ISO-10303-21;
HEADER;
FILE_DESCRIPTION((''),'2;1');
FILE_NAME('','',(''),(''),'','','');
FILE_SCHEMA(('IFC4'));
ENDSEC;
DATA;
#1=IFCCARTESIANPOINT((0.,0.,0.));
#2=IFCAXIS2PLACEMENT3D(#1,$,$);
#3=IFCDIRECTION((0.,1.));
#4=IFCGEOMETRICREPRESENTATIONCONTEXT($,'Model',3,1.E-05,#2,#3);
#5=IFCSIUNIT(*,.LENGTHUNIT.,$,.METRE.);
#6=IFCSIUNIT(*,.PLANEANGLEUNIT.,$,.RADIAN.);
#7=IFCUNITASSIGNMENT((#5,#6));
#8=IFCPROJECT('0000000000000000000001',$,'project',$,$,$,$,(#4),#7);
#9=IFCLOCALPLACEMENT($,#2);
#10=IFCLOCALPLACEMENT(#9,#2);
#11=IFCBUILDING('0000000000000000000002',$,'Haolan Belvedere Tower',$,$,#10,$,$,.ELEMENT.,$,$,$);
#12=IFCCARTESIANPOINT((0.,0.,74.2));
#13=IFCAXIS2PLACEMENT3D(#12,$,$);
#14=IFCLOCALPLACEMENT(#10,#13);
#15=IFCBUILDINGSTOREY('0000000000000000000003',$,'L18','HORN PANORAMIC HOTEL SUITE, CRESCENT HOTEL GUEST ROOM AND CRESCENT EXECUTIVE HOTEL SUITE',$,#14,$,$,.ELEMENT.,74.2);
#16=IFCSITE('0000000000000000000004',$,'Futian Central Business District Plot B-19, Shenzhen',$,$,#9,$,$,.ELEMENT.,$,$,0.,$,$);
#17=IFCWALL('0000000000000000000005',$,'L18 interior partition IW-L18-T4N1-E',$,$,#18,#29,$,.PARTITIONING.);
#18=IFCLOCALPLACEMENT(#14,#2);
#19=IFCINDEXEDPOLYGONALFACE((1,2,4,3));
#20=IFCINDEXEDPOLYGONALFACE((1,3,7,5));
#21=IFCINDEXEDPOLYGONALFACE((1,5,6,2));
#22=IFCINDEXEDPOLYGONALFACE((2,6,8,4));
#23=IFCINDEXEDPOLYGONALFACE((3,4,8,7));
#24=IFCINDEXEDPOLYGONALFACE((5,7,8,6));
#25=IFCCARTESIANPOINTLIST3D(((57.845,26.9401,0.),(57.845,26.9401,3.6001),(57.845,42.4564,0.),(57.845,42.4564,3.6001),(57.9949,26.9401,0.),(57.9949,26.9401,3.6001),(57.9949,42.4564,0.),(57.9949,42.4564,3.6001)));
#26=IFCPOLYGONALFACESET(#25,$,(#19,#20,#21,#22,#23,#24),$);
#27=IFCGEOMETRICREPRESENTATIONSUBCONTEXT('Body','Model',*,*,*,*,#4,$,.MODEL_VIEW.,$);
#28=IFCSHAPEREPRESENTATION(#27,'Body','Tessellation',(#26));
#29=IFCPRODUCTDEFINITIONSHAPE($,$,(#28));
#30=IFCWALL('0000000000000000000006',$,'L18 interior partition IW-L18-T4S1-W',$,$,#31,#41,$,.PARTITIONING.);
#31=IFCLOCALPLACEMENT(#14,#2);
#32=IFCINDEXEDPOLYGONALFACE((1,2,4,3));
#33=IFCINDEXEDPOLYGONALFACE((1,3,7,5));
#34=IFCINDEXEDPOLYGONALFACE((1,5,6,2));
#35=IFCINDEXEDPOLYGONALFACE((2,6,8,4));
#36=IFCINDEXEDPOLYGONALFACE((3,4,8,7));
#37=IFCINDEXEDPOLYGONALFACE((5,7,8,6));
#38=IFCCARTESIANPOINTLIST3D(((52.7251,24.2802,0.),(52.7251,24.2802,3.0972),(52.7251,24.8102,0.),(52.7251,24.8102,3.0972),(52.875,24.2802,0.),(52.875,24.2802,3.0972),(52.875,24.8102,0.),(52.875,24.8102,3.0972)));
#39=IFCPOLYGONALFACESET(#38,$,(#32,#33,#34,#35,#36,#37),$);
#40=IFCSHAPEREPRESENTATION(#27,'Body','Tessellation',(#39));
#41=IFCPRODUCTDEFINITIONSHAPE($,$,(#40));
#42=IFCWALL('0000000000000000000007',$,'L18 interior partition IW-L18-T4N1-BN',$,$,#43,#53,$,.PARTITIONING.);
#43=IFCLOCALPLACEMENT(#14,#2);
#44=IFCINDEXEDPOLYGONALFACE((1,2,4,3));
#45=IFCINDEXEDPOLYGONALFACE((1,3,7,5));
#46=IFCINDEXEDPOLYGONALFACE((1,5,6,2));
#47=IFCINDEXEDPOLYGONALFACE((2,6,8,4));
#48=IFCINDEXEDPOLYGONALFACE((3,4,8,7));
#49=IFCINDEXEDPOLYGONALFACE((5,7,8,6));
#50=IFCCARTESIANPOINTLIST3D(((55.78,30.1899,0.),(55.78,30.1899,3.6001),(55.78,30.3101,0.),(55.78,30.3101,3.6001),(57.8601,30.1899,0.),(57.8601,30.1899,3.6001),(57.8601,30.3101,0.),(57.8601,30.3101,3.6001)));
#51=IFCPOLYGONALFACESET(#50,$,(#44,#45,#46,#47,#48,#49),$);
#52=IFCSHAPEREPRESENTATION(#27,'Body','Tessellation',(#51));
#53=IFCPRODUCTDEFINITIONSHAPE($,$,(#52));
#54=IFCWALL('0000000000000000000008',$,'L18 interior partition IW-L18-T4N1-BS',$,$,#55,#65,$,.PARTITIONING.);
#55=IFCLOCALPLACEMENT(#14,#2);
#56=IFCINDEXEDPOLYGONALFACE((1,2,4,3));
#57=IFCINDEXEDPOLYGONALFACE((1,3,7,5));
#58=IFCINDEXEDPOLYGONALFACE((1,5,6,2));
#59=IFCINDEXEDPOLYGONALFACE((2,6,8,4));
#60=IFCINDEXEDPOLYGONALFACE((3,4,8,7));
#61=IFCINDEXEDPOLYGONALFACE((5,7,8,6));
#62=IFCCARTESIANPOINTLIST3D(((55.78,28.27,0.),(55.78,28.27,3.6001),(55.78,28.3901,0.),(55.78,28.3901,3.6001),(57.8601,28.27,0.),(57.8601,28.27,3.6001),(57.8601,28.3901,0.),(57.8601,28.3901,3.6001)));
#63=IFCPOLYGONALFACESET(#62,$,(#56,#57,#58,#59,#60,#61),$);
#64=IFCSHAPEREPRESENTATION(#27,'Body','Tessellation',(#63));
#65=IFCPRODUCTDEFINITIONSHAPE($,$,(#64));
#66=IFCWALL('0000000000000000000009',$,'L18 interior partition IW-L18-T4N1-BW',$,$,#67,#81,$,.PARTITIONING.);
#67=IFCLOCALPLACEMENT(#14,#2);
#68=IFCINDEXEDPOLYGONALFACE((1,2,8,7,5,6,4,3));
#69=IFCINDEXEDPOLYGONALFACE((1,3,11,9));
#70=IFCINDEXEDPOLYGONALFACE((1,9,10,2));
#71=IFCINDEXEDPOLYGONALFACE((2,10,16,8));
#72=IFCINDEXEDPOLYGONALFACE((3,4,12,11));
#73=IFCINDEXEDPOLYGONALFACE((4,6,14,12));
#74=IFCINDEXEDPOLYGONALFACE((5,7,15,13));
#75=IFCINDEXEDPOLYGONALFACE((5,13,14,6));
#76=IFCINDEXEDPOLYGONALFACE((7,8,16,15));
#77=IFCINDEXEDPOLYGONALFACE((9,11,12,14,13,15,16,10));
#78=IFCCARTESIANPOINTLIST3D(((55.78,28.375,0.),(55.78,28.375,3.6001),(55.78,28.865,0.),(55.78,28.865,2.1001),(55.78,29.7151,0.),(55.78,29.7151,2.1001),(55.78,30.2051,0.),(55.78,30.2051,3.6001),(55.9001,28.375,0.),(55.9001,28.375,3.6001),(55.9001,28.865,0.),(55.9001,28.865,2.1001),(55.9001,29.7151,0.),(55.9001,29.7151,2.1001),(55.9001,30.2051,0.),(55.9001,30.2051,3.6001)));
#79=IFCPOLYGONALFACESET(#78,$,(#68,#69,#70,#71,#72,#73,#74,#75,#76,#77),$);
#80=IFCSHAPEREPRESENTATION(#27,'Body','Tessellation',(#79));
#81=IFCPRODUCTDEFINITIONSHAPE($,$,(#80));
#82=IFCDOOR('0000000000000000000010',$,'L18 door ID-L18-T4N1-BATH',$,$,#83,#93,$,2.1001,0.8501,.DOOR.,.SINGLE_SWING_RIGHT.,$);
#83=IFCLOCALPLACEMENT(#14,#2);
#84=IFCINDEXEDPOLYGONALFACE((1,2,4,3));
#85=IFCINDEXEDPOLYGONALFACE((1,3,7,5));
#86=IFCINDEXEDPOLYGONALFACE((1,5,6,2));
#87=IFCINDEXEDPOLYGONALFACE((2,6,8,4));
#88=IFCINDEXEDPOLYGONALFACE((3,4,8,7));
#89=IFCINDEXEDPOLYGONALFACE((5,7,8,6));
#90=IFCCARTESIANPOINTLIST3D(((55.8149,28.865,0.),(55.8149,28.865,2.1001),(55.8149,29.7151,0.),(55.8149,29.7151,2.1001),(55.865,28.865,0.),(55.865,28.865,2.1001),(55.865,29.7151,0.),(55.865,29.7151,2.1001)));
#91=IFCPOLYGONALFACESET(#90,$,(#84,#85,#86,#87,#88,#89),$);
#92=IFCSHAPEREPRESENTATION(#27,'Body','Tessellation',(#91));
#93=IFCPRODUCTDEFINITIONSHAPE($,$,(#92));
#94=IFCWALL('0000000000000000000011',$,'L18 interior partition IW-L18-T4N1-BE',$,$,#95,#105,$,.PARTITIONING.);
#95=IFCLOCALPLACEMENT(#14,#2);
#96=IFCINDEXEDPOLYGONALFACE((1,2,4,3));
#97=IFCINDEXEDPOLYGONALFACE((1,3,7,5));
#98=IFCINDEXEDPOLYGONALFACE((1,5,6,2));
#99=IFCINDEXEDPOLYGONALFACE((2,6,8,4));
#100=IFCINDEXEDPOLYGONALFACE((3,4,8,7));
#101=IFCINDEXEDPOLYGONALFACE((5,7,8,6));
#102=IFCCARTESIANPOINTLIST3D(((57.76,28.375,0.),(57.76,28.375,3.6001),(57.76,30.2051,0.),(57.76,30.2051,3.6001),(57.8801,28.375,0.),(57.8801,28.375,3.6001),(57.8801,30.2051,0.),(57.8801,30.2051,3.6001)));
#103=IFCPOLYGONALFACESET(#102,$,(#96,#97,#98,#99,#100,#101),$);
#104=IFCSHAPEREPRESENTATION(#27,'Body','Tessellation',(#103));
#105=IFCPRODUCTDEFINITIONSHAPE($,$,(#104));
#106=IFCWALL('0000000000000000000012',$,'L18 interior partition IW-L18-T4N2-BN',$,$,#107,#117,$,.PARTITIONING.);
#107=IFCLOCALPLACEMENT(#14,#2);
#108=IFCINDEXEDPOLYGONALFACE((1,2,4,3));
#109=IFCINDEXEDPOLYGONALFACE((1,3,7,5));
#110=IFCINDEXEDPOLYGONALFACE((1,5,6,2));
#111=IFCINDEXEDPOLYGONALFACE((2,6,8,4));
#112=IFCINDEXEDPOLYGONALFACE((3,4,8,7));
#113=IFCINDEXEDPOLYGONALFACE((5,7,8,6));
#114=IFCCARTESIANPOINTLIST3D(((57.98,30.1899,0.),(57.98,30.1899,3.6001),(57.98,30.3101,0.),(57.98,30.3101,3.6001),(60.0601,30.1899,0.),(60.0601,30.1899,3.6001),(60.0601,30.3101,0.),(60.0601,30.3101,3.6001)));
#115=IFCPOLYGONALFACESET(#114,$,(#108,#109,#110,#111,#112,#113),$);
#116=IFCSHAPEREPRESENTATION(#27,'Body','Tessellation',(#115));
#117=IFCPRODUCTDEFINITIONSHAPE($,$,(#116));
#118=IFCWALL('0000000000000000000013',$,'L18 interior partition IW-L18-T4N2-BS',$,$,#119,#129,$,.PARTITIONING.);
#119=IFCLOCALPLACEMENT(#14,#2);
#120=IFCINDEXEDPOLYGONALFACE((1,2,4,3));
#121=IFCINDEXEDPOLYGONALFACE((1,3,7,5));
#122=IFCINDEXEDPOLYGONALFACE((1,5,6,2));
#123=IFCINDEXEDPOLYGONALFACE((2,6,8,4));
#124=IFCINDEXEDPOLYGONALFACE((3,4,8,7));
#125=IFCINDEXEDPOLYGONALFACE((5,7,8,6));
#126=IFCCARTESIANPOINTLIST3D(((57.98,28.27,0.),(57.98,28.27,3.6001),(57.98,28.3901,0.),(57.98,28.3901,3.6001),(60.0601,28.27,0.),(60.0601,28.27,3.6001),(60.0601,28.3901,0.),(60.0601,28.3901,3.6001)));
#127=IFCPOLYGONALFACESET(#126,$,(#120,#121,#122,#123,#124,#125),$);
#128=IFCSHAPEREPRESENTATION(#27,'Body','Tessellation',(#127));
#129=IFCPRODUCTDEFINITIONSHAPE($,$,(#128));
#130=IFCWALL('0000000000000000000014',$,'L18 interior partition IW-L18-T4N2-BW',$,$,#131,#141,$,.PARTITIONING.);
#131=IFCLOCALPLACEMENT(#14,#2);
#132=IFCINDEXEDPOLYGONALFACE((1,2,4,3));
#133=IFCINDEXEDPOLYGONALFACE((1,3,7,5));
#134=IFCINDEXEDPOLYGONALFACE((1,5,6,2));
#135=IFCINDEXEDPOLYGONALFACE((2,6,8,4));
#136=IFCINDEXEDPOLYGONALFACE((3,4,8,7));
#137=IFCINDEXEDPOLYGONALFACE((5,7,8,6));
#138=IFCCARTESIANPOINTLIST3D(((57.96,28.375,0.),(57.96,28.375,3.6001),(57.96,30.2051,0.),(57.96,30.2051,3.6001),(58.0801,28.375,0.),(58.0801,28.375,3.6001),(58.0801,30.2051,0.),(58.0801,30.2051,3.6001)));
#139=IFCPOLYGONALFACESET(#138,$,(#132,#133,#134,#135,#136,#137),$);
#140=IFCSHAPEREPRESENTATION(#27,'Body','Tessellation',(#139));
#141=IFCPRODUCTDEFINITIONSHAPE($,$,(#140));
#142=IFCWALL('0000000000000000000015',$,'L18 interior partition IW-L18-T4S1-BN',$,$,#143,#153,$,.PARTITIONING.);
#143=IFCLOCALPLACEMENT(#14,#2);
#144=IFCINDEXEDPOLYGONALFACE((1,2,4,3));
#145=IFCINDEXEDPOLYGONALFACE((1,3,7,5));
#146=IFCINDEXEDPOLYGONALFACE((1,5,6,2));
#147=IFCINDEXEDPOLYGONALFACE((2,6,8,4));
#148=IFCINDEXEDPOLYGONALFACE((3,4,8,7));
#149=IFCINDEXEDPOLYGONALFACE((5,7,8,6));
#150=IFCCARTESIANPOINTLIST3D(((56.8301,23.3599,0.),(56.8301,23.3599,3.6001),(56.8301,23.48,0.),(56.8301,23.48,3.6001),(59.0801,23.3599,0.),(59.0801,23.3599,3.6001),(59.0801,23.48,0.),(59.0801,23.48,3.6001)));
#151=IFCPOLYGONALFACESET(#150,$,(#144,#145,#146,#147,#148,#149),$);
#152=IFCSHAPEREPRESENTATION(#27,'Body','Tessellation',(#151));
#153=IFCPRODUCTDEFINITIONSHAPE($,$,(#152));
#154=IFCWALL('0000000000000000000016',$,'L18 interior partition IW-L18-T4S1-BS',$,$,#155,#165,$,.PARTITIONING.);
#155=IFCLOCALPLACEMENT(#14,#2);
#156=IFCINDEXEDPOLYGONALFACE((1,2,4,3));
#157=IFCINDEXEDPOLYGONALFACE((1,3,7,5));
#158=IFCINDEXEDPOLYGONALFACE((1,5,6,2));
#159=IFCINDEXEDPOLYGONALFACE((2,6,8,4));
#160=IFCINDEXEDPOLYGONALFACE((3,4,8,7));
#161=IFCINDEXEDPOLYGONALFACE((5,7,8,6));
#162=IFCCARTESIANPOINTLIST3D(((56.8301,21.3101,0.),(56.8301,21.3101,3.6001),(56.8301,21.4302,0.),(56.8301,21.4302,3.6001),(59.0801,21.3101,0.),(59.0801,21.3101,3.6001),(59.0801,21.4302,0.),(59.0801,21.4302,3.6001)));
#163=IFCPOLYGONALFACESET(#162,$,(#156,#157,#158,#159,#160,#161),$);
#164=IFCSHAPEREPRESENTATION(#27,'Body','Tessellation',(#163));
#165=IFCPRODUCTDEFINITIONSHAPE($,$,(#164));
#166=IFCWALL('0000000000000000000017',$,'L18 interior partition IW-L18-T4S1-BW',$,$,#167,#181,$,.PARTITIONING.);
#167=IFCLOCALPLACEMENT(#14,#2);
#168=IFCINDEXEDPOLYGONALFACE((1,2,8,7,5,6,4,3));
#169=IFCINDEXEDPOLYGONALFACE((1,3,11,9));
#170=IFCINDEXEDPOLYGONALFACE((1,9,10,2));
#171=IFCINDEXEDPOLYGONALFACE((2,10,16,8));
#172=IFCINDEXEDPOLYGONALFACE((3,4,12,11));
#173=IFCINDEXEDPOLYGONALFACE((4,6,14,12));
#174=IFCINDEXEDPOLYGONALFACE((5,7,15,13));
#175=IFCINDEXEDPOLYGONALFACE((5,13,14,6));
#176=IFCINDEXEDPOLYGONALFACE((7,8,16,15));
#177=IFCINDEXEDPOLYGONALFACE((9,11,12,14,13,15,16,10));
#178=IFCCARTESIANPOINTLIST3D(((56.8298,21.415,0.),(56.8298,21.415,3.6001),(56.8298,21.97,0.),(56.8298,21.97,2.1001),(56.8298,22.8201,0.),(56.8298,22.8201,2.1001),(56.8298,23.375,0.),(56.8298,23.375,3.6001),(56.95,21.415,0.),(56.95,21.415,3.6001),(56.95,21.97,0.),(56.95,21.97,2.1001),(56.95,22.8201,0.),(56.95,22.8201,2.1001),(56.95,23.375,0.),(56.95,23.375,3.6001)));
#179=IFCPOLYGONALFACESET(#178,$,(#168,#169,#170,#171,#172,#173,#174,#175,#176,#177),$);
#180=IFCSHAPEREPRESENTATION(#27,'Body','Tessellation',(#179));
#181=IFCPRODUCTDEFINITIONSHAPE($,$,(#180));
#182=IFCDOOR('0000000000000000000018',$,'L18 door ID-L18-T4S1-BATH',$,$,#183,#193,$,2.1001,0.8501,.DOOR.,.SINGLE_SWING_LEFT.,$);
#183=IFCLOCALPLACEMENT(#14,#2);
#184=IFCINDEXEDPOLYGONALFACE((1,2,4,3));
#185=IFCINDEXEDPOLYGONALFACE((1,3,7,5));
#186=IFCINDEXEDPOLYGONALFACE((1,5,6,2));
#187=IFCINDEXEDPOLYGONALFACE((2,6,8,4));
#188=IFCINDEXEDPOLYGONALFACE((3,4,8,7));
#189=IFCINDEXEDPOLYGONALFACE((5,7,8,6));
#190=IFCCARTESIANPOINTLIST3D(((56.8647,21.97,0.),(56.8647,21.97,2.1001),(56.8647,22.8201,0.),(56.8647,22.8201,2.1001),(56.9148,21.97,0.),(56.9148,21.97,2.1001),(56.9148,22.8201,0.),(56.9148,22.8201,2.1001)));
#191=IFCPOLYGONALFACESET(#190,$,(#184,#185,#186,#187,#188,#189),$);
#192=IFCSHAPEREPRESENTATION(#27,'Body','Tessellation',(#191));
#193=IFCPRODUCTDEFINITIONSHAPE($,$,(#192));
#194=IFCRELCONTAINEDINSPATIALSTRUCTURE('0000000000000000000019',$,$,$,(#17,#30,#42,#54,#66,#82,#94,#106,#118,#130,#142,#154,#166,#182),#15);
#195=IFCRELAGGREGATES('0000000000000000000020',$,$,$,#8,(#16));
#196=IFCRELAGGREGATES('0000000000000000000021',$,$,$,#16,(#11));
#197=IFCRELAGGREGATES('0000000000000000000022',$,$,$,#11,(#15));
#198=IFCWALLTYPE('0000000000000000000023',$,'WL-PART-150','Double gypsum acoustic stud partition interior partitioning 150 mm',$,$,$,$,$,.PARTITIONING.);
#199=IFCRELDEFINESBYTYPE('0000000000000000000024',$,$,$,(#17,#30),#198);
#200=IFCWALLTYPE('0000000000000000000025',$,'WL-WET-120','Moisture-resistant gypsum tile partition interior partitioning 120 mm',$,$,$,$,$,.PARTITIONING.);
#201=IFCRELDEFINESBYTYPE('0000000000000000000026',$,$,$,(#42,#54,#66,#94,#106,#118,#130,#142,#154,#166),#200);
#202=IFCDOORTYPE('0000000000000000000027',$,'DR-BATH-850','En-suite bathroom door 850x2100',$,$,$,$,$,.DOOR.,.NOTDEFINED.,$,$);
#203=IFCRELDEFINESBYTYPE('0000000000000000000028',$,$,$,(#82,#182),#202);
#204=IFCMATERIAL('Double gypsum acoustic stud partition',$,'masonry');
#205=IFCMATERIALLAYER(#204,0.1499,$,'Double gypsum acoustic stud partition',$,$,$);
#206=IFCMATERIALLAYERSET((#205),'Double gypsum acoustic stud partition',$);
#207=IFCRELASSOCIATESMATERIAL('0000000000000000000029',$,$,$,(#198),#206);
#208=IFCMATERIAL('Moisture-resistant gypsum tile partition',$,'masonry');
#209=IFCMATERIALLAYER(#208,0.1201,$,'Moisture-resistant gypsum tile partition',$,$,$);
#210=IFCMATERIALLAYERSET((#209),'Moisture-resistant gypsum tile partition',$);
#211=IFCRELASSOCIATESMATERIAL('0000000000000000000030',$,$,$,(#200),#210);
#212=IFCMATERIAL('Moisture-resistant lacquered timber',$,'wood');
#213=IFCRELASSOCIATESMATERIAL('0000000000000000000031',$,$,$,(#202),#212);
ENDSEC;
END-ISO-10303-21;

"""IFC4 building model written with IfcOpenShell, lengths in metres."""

from ifc_helpers import new_model, si_unit, direction, frame, frame_2d, origin, place, context, subcontext, project, spatial, rectangle, extrude, material, layer, layer_set, type_object, element, fill, save


model = new_model("IFC4")

# Units and contexts
model_context = context("Model", 3, precision=1e-05, world=origin(), true_north=direction((0.0, 1.0)))
body_context = subcontext(model_context, "Body", "Model", "MODEL_VIEW")
ifc_project = project(units=[si_unit("LENGTHUNIT", "METRE"), si_unit("PLANEANGLEUNIT", "RADIAN")], contexts=[model_context])

# Site, building, storey
site_placement = place(None, origin())
site = spatial("IfcSite", under=ifc_project, at=site_placement, Name="Futian Central Business District Plot B-19, Shenzhen", CompositionType="ELEMENT", RefElevation=0.0)
building_placement = place(site_placement, origin())
building = spatial("IfcBuilding", under=site, at=building_placement, Name="Haolan Belvedere Tower", CompositionType="ELEMENT")
storey_placement = place(building_placement, frame((0.0, 0.0, 74.2)))
storey = spatial("IfcBuildingStorey", under=building, at=storey_placement, Name="L18", Description="HORN PANORAMIC HOTEL SUITE, CRESCENT HOTEL GUEST ROOM AND CRESCENT EXECUTIVE HOTEL SUITE", CompositionType="ELEMENT", Elevation=74.2)

# Wall
ifc_material_1 = material(Name="Double gypsum acoustic stud partition", Category="masonry")
ifc_layer_1 = layer(ifc_material_1, 0.1499, Name="Double gypsum acoustic stud partition")
ifc_layer_set_1 = layer_set([ifc_layer_1], Name="Double gypsum acoustic stud partition")
wall_type_1 = type_object("IfcWallType", Name="WL-PART-150", Description="Double gypsum acoustic stud partition interior partitioning 150 mm", PredefinedType="PARTITIONING", material=ifc_layer_set_1)
wall_1_placement = place(storey_placement, frame((57.9199, 26.9399, 0.0), z_axis=(0.0, 0.0, 1.0), x_axis=(0.0, 1.0, 0.0)))
element("IfcWall", 1, at=wall_1_placement, inside=storey, type_object=wall_type_1, Name="L18 interior partition IW-L18-T4N1-E", PredefinedType="PARTITIONING", context=body_context, shape_type="SweptSolid", body=[
    extrude(rectangle(XDim=15.5164, YDim=0.1499, at=frame_2d((7.7583, 0.0))), origin(), (0.0, 0.0, 1.0), 3.6001),
])

# Walls
wall_2_placement = place(storey_placement, frame((52.8, 24.28, 0.0), z_axis=(0.0, 0.0, 1.0), x_axis=(0.0, 1.0, 0.0)))
element("IfcWall", 2, at=wall_2_placement, inside=storey, type_object=wall_type_1, Name="L18 interior partition IW-L18-T4S1-W", PredefinedType="PARTITIONING", context=body_context, shape_type="SweptSolid", body=[
    extrude(rectangle(XDim=0.53, YDim=0.1499, at=frame_2d((0.2651, 0.0))), origin(), (0.0, 0.0, 1.0), 3.0972),
])
ifc_material_2 = material(Name="Moisture-resistant gypsum tile partition", Category="masonry")
ifc_layer_2 = layer(ifc_material_2, 0.1201, Name="Moisture-resistant gypsum tile partition")
ifc_layer_set_2 = layer_set([ifc_layer_2], Name="Moisture-resistant gypsum tile partition")
wall_type_2 = type_object("IfcWallType", Name="WL-WET-120", Description="Moisture-resistant gypsum tile partition interior partitioning 120 mm", PredefinedType="PARTITIONING", material=ifc_layer_set_2)
for number, where, z_axis, x_axis, name in (
    (3, (55.78, 30.25, 0.0), (0.0, 0.0, 1.0), (1.0, 0.0, 0.0), "L18 interior partition IW-L18-T4N1-BN"),
    (4, (55.78, 28.3301, 0.0), (0.0, 0.0, 1.0), (1.0, 0.0, 0.0), "L18 interior partition IW-L18-T4N1-BS"),
):
    element("IfcWall", number, at=place(storey_placement, frame(where, z_axis=z_axis, x_axis=x_axis)), inside=storey, type_object=wall_type_2, Name=name, PredefinedType="PARTITIONING", context=body_context, shape_type="SweptSolid", body=[
        extrude(rectangle(XDim=2.0801, YDim=0.1201, at=frame_2d((1.04, 0.0))), origin(), (0.0, 0.0, 1.0), 3.6001),
    ])

# Wall, opening, door
wall_3_placement = place(storey_placement, frame((55.8401, 28.375, 0.0), z_axis=(0.0, 0.0, 1.0), x_axis=(0.0, 1.0, 0.0)))
wall_3 = element("IfcWall", 5, at=wall_3_placement, inside=storey, type_object=wall_type_2, Name="L18 interior partition IW-L18-T4N1-BW", PredefinedType="PARTITIONING", context=body_context, shape_type="SweptSolid", body=[
    extrude(rectangle(XDim=1.8301, YDim=0.1201, at=frame_2d((0.915, 0.0))), origin(), (0.0, 0.0, 1.0), 3.6001),
])
opening_1_placement = place(wall_3_placement, frame((1.3401, 0.0, 0.0), z_axis=(0.0, 0.0, 1.0), x_axis=(-1.0, 0.0, 0.0)))
opening_1 = element("IfcOpeningElement", 6, at=opening_1_placement, cuts=wall_3, PredefinedType="OPENING", context=body_context, shape_type="SweptSolid", body=[
    extrude(rectangle(XDim=0.8501, YDim=2.1001, at=frame_2d((0.425, 1.05))), frame((0.0, 0.0701, 0.0), z_axis=(0.0, -1.0, 0.0), x_axis=(1.0, 0.0, 0.0)), (0.0, 0.0, 1.0), 0.1401),
])
ifc_material_3 = material(Name="Moisture-resistant lacquered timber", Category="wood")
door_type_1 = type_object("IfcDoorType", Name="DR-BATH-850", Description="En-suite bathroom door 850x2100", OperationType="NOTDEFINED", PredefinedType="DOOR", material=ifc_material_3)
door_1_placement = place(opening_1_placement, origin())
door_1 = element("IfcDoor", 7, at=door_1_placement, inside=storey, type_object=door_type_1, Name="L18 door ID-L18-T4N1-BATH", OperationType="SINGLE_SWING_RIGHT", OverallHeight=2.1001, OverallWidth=0.8501, PredefinedType="DOOR", context=body_context, shape_type="SweptSolid", body=[
    extrude(rectangle(XDim=0.8501, YDim=2.1001, at=frame_2d((0.425, 1.05))), frame((0.0, 0.0249, 0.0), z_axis=(0.0, -1.0, 0.0), x_axis=(1.0, 0.0, 0.0)), (0.0, 0.0, 1.0), 0.05),
])
fill(opening_1, door_1)

# Walls
wall_4_placement = place(storey_placement, frame((57.8201, 28.375, 0.0), z_axis=(0.0, 0.0, 1.0), x_axis=(0.0, 1.0, 0.0)))
element("IfcWall", 8, at=wall_4_placement, inside=storey, type_object=wall_type_2, Name="L18 interior partition IW-L18-T4N1-BE", PredefinedType="PARTITIONING", context=body_context, shape_type="SweptSolid", body=[
    extrude(rectangle(XDim=1.8301, YDim=0.1201, at=frame_2d((0.915, 0.0))), origin(), (0.0, 0.0, 1.0), 3.6001),
])
for number, where, z_axis, x_axis, name in (
    (9, (57.98, 30.25, 0.0), (0.0, 0.0, 1.0), (1.0, 0.0, 0.0), "L18 interior partition IW-L18-T4N2-BN"),
    (10, (57.98, 28.3301, 0.0), (0.0, 0.0, 1.0), (1.0, 0.0, 0.0), "L18 interior partition IW-L18-T4N2-BS"),
):
    element("IfcWall", number, at=place(storey_placement, frame(where, z_axis=z_axis, x_axis=x_axis)), inside=storey, type_object=wall_type_2, Name=name, PredefinedType="PARTITIONING", context=body_context, shape_type="SweptSolid", body=[
        extrude(rectangle(XDim=2.0801, YDim=0.1201, at=frame_2d((1.04, 0.0))), origin(), (0.0, 0.0, 1.0), 3.6001),
    ])
wall_5_placement = place(storey_placement, frame((58.02, 28.375, 0.0), z_axis=(0.0, 0.0, 1.0), x_axis=(0.0, 1.0, 0.0)))
element("IfcWall", 11, at=wall_5_placement, inside=storey, type_object=wall_type_2, Name="L18 interior partition IW-L18-T4N2-BW", PredefinedType="PARTITIONING", context=body_context, shape_type="SweptSolid", body=[
    extrude(rectangle(XDim=1.8301, YDim=0.1201, at=frame_2d((0.915, 0.0))), origin(), (0.0, 0.0, 1.0), 3.6001),
])
for number, where, z_axis, x_axis, name in (
    (12, (56.8301, 23.4199, 0.0), (0.0, 0.0, 1.0), (1.0, 0.0, 0.0), "L18 interior partition IW-L18-T4S1-BN"),
    (13, (56.8301, 21.3701, 0.0), (0.0, 0.0, 1.0), (1.0, 0.0, 0.0), "L18 interior partition IW-L18-T4S1-BS"),
):
    element("IfcWall", number, at=place(storey_placement, frame(where, z_axis=z_axis, x_axis=x_axis)), inside=storey, type_object=wall_type_2, Name=name, PredefinedType="PARTITIONING", context=body_context, shape_type="SweptSolid", body=[
        extrude(rectangle(XDim=2.25, YDim=0.1201, at=frame_2d((1.125, 0.0))), origin(), (0.0, 0.0, 1.0), 3.6001),
    ])

# Wall, opening, door
wall_6_placement = place(storey_placement, frame((56.8899, 21.415, 0.0), z_axis=(0.0, 0.0, 1.0), x_axis=(0.0, 1.0, 0.0)))
wall_6 = element("IfcWall", 14, at=wall_6_placement, inside=storey, type_object=wall_type_2, Name="L18 interior partition IW-L18-T4S1-BW", PredefinedType="PARTITIONING", context=body_context, shape_type="SweptSolid", body=[
    extrude(rectangle(XDim=1.96, YDim=0.1201, at=frame_2d((0.98, 0.0))), origin(), (0.0, 0.0, 1.0), 3.6001),
])
opening_2_placement = place(wall_6_placement, frame((1.405, 0.0, 0.0), z_axis=(0.0, 0.0, 1.0), x_axis=(-1.0, 0.0, 0.0)))
opening_2 = element("IfcOpeningElement", 15, at=opening_2_placement, cuts=wall_6, PredefinedType="OPENING", context=body_context, shape_type="SweptSolid", body=[
    extrude(rectangle(XDim=0.8501, YDim=2.1001, at=frame_2d((0.425, 1.05))), frame((0.0, 0.0701, 0.0), z_axis=(0.0, -1.0, 0.0), x_axis=(1.0, 0.0, 0.0)), (0.0, 0.0, 1.0), 0.1401),
])
door_2_placement = place(opening_2_placement, origin())
door_2 = element("IfcDoor", 16, at=door_2_placement, inside=storey, type_object=door_type_1, Name="L18 door ID-L18-T4S1-BATH", OperationType="SINGLE_SWING_LEFT", OverallHeight=2.1001, OverallWidth=0.8501, PredefinedType="DOOR", context=body_context, shape_type="SweptSolid", body=[
    extrude(rectangle(XDim=0.8501, YDim=2.1001, at=frame_2d((0.425, 1.05))), frame((0.0, 0.0249, 0.0), z_axis=(0.0, -1.0, 0.0), x_axis=(1.0, 0.0, 0.0)), (0.0, 0.0, 1.0), 0.05),
])
fill(opening_2, door_2)

save(model, "model.ifc")
